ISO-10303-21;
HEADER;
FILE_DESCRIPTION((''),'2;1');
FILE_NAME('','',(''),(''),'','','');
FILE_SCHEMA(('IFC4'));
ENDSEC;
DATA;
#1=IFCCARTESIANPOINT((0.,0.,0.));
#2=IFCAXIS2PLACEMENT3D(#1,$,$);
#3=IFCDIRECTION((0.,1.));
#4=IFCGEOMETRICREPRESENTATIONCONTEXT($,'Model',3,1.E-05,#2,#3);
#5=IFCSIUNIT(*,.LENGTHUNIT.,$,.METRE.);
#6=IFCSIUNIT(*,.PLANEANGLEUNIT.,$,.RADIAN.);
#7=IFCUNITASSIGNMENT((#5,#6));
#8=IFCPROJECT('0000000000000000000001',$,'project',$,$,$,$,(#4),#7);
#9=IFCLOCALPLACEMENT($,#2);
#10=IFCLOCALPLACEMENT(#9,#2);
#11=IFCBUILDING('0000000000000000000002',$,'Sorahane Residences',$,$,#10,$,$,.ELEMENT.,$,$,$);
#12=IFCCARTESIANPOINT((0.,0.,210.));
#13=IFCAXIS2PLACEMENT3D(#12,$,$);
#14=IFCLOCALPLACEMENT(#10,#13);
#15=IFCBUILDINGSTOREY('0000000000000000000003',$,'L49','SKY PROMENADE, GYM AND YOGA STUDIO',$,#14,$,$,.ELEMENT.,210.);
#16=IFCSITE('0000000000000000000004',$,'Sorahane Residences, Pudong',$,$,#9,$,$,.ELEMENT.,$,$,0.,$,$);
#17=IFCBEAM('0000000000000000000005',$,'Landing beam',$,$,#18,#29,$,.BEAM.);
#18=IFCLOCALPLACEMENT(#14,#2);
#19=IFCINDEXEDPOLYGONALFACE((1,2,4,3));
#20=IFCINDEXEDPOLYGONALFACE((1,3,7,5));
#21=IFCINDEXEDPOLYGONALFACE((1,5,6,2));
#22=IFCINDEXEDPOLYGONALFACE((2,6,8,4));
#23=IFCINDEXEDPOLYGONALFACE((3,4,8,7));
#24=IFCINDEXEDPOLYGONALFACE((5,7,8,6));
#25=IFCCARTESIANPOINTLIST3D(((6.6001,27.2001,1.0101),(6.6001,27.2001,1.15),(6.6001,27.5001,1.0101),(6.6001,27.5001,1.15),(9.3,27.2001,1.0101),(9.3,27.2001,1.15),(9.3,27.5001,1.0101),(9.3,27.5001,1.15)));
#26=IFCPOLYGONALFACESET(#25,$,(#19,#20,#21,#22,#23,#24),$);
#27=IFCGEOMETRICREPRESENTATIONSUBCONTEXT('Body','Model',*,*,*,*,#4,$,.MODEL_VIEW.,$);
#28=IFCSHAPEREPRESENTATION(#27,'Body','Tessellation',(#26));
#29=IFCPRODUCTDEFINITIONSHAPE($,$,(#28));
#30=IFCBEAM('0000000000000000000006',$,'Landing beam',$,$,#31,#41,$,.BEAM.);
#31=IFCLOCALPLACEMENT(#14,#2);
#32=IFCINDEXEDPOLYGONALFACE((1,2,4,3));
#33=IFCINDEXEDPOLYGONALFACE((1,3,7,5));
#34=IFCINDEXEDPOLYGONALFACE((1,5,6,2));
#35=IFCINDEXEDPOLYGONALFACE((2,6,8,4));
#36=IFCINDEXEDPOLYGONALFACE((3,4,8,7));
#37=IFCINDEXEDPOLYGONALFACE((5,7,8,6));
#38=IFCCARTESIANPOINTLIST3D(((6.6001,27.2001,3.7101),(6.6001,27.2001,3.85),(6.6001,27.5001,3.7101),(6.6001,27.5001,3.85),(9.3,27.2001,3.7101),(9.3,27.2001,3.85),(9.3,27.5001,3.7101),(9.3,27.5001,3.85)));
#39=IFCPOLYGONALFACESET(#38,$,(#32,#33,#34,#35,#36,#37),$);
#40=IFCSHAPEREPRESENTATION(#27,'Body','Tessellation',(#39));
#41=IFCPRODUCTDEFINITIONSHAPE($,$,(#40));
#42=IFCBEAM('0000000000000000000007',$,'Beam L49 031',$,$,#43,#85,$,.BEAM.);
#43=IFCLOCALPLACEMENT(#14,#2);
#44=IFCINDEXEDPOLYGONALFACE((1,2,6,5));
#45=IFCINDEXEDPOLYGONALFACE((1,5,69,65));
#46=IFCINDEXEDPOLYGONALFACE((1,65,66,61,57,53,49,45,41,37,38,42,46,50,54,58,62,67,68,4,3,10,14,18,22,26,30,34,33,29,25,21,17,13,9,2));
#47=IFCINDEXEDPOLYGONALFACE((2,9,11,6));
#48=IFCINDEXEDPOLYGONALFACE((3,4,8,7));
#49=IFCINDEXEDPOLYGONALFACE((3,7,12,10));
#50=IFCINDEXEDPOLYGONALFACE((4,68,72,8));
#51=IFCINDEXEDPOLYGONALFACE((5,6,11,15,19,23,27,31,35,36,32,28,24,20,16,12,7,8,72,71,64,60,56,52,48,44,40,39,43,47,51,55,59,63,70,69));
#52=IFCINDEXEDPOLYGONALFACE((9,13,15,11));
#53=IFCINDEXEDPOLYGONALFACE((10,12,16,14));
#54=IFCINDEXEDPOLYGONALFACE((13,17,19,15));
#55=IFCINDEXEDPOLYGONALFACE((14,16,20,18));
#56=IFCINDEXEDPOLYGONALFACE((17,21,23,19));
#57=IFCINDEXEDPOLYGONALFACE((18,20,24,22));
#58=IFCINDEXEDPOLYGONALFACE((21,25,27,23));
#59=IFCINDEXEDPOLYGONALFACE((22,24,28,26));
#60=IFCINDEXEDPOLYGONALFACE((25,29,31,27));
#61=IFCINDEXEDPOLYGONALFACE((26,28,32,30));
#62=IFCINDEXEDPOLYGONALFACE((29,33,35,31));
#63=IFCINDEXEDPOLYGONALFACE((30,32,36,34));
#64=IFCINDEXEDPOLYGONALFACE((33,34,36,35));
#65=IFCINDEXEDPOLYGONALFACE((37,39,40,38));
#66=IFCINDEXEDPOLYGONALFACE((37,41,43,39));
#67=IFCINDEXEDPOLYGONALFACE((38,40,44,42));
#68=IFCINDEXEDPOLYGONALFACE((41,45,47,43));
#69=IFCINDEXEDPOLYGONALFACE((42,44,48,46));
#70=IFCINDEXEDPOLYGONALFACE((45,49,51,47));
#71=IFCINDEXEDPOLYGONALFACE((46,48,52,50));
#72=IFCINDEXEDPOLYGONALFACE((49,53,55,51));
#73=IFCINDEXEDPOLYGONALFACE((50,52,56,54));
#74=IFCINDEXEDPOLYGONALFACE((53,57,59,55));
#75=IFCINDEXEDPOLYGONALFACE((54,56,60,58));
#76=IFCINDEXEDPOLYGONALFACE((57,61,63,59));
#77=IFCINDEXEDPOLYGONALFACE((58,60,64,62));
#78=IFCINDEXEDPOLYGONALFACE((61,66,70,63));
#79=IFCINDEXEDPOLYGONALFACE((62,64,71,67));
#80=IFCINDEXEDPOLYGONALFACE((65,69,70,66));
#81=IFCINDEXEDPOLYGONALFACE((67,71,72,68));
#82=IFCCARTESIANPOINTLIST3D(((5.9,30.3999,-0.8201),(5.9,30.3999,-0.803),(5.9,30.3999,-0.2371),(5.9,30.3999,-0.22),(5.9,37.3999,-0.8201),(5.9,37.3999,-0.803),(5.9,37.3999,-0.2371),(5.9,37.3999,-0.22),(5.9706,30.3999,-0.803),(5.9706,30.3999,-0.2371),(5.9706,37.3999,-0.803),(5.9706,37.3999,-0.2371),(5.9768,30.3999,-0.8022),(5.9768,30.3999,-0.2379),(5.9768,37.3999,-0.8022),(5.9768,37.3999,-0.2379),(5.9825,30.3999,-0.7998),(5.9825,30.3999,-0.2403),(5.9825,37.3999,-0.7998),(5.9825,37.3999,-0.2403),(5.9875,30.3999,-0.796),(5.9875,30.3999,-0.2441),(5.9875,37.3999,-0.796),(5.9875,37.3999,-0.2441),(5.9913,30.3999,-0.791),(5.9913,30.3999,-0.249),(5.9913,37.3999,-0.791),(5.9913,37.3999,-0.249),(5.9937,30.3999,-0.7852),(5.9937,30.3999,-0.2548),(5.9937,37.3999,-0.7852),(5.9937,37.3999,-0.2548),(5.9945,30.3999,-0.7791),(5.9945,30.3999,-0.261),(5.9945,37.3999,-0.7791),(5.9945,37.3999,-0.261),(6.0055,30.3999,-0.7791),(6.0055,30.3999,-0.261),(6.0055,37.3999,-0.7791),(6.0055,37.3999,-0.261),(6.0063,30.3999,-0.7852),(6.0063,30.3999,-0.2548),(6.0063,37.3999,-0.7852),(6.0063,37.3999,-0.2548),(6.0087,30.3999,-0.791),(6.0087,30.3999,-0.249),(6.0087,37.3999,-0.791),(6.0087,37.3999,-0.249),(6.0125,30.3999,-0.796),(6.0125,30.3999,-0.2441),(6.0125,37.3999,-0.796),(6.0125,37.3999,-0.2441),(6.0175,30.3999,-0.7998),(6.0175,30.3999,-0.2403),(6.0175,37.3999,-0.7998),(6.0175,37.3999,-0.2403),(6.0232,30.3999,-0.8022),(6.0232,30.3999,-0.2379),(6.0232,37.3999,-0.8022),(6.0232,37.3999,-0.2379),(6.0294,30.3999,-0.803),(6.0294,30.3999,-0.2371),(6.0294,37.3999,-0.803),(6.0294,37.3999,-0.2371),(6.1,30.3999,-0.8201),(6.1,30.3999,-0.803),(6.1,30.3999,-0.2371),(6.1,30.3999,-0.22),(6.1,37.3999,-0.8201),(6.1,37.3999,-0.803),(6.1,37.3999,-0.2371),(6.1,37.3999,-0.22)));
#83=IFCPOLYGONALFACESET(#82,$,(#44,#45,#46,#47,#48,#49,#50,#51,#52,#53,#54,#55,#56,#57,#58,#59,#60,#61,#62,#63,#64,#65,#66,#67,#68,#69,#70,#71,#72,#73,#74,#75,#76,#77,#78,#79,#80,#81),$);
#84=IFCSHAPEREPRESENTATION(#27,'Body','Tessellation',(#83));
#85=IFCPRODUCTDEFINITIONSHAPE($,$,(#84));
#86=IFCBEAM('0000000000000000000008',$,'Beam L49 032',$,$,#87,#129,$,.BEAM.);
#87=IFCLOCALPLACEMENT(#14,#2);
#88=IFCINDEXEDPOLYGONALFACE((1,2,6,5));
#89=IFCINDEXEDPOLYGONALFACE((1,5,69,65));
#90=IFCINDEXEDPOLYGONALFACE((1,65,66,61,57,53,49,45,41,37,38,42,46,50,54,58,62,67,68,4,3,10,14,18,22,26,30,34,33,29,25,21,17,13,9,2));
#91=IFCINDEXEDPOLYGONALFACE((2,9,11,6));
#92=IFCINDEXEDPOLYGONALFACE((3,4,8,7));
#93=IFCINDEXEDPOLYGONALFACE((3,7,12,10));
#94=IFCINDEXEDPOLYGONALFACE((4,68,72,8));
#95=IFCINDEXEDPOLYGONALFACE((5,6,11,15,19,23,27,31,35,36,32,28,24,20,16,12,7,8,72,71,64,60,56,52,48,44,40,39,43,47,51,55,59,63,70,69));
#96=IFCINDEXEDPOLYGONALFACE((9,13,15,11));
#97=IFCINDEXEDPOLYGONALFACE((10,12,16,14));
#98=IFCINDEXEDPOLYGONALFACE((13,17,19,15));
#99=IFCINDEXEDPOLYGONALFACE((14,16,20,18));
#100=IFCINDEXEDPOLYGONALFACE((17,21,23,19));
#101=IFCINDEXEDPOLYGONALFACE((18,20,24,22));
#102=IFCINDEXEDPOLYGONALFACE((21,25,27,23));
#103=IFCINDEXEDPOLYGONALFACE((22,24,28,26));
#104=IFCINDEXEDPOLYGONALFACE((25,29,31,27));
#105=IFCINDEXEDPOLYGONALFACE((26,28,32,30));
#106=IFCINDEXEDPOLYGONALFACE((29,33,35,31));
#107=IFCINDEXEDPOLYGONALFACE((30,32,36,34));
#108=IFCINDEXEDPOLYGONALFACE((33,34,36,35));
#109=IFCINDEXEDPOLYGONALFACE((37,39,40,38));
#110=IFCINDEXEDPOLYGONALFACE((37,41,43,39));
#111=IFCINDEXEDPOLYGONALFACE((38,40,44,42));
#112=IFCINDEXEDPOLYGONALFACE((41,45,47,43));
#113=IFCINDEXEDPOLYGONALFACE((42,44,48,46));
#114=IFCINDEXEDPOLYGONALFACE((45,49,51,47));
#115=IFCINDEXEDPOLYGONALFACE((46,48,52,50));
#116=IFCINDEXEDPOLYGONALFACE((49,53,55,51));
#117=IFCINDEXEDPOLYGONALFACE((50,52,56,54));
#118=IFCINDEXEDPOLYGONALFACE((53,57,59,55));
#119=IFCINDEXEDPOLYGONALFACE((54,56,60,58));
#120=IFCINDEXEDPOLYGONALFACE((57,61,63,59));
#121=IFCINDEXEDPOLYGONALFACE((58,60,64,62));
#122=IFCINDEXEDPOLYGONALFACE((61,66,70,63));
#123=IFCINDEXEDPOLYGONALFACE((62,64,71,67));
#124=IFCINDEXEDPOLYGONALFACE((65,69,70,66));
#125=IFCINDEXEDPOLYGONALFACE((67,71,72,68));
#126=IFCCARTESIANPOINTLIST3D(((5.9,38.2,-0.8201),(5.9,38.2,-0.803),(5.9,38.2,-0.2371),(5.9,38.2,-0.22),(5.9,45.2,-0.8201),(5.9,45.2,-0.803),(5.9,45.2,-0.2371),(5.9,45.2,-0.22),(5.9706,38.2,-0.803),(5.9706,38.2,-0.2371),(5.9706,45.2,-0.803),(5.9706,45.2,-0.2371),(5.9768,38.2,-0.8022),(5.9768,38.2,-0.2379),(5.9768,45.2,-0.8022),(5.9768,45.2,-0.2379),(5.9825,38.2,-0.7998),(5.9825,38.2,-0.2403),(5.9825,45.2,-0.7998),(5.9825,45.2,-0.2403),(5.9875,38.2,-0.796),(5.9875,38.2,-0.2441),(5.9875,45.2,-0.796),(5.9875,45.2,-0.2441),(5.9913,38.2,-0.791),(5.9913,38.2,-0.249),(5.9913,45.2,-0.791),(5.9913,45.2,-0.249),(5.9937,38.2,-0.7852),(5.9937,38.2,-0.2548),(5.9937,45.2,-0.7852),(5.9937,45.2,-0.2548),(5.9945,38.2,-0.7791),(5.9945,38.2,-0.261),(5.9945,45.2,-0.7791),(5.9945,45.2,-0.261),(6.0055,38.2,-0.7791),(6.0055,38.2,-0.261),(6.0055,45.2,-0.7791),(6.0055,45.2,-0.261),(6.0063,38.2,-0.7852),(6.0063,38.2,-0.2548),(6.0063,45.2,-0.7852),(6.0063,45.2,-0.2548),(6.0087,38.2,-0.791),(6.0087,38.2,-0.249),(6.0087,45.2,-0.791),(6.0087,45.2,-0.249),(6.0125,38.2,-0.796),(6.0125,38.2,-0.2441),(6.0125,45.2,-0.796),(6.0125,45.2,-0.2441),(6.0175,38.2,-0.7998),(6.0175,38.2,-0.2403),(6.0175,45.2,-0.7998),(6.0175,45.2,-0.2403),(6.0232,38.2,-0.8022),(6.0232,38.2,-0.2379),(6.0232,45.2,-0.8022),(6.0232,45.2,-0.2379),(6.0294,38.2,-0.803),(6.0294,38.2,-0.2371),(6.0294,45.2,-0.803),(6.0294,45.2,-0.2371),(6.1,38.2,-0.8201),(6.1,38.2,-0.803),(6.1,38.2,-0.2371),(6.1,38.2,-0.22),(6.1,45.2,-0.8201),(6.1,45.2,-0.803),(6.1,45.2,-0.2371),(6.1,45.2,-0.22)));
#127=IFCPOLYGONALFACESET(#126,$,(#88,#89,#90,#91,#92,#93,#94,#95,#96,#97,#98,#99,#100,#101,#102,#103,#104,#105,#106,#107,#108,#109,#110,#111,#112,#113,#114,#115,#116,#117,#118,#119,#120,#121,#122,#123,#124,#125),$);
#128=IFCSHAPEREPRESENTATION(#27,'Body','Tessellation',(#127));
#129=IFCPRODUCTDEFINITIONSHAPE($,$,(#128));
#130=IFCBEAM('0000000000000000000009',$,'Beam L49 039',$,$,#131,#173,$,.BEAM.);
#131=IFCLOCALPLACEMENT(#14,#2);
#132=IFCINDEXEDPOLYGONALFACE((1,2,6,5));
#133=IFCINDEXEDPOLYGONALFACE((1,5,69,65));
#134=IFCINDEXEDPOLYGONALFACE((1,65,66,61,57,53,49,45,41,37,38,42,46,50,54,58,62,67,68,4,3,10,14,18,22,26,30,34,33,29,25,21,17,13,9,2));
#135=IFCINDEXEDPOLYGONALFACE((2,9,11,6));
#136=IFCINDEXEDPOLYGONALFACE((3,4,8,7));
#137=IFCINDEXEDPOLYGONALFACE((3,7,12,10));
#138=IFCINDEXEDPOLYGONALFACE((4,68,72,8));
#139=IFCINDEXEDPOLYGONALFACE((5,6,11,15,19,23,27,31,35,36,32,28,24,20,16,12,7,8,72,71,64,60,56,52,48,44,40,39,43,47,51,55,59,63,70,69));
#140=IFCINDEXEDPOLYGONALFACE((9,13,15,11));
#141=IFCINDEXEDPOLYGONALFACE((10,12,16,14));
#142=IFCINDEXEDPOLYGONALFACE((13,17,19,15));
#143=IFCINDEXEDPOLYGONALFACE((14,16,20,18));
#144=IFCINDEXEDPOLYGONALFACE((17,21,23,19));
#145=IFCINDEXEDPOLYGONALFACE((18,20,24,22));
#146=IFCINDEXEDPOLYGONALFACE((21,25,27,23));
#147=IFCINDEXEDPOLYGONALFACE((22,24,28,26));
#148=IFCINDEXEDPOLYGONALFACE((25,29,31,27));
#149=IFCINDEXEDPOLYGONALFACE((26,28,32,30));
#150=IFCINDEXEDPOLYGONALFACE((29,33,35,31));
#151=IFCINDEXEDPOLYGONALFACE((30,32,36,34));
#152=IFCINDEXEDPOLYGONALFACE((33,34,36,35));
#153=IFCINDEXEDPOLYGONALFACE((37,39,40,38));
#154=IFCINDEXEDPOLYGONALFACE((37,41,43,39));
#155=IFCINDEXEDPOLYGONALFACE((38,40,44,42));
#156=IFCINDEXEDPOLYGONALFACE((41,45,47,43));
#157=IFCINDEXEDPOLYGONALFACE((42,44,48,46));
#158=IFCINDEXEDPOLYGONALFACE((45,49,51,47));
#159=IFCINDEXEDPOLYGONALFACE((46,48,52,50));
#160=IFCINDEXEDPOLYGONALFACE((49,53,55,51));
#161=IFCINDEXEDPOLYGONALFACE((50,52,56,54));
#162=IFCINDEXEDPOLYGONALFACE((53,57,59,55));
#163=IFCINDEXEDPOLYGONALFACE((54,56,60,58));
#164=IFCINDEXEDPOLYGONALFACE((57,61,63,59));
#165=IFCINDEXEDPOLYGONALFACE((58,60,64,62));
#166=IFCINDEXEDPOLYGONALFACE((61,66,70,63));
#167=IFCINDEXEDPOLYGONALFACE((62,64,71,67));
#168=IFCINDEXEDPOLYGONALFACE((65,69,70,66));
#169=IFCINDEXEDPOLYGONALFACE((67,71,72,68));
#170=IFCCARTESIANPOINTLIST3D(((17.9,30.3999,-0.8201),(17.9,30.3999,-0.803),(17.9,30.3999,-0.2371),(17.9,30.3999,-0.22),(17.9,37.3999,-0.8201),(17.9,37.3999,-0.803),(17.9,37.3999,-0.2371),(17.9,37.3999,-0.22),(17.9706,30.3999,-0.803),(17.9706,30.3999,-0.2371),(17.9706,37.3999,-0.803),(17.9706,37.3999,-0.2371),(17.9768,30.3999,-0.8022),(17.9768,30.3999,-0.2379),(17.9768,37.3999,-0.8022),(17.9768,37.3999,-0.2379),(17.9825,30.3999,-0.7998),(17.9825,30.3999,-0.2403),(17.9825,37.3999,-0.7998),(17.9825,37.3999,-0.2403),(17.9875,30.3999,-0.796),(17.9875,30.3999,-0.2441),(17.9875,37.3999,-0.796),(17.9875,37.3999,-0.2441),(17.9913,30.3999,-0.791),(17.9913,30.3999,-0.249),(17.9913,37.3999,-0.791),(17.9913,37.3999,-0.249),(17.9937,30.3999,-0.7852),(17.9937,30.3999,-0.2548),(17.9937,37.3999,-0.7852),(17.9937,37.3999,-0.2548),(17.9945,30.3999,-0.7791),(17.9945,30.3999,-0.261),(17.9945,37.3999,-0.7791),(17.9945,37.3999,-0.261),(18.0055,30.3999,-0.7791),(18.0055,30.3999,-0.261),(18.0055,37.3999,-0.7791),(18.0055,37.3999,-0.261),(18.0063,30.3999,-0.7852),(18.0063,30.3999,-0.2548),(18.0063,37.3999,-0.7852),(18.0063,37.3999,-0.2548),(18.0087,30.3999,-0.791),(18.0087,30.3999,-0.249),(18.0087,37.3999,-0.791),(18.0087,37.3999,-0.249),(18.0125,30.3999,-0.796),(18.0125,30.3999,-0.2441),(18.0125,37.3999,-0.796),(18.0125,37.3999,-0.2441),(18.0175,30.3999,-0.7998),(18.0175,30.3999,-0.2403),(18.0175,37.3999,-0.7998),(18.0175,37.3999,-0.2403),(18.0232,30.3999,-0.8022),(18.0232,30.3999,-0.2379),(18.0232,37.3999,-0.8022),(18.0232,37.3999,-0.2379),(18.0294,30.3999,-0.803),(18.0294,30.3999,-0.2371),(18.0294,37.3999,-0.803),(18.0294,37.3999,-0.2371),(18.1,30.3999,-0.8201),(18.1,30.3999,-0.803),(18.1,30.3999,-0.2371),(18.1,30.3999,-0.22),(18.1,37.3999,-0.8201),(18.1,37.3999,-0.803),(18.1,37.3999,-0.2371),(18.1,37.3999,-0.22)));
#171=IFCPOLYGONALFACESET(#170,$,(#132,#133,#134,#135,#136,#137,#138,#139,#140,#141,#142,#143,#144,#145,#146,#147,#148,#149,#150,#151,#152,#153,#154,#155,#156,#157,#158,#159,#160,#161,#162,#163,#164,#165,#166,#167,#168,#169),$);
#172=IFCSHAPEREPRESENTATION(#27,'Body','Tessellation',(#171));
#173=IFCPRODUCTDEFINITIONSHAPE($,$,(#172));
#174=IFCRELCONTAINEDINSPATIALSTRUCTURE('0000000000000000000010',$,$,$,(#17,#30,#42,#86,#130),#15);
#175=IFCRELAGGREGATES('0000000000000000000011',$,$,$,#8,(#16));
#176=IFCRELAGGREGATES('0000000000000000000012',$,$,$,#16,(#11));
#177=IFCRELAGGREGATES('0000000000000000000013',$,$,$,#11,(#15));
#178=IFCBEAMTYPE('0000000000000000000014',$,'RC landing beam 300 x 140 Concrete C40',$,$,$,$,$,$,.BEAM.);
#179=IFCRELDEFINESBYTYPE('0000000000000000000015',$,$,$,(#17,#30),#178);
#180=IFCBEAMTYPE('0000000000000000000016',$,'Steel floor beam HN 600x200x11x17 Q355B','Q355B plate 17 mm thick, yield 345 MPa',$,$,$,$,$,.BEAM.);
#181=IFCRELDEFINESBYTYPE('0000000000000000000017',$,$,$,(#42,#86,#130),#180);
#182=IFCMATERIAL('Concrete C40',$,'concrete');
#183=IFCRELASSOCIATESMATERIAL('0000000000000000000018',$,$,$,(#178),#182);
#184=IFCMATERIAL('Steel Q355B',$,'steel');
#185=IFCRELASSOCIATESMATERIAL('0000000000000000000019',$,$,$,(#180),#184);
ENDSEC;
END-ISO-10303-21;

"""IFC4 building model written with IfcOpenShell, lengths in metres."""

from ifc_helpers import new_model, si_unit, direction, frame, origin, origin_2d, place, context, subcontext, project, spatial, rectangle, i_section, extrude, material, material_profile, profile_set, type_object, element, save


model = new_model("IFC4")

# Units and contexts
model_context = context("Model", 3, precision=1e-05, world=origin(), true_north=direction((0.0, 1.0)))
body_context = subcontext(model_context, "Body", "Model", "MODEL_VIEW")
ifc_project = project(units=[si_unit("LENGTHUNIT", "METRE"), si_unit("PLANEANGLEUNIT", "RADIAN")], contexts=[model_context])

# Site, building, storey
site_placement = place(None, origin())
site = spatial("IfcSite", under=ifc_project, at=site_placement, Name="Sorahane Residences, Pudong", CompositionType="ELEMENT", RefElevation=0.0)
building_placement = place(site_placement, origin())
building = spatial("IfcBuilding", under=site, at=building_placement, Name="Sorahane Residences", CompositionType="ELEMENT")
storey_placement = place(building_placement, frame((0.0, 0.0, 210.0)))
storey = spatial("IfcBuildingStorey", under=building, at=storey_placement, Name="L49", Description="SKY PROMENADE, GYM AND YOGA STUDIO", CompositionType="ELEMENT", Elevation=210.0)

# Beams
ifc_material_1 = material(Name="Concrete C40", Category="concrete")
ifc_material_profile_1 = material_profile(ifc_material_1, rectangle(XDim=0.3, YDim=0.1399, at=origin_2d()), Name="300x140")
ifc_profile_set_1 = profile_set([ifc_material_profile_1], Name="Concrete C40")
beam_type_1 = type_object("IfcBeamType", Name="RC landing beam 300 x 140 Concrete C40", PredefinedType="BEAM", material=ifc_profile_set_1)
for number, where, z_axis, x_axis, name in (
    (1, (6.6001, 27.3501, 1.0801), (1.0, 0.0, 0.0), (0.0, 1.0, 0.0), "Landing beam"),
    (2, (6.6001, 27.3501, 3.78), (1.0, 0.0, 0.0), (0.0, 1.0, 0.0), "Landing beam"),
):
    element("IfcBeam", number, at=place(storey_placement, frame(where, z_axis=z_axis, x_axis=x_axis)), inside=storey, type_object=beam_type_1, Name=name, PredefinedType="BEAM", context=body_context, shape_type="SweptSolid", body=[
        extrude(rectangle(XDim=0.3, YDim=0.1399, at=origin_2d()), origin(), (0.0, 0.0, 1.0), 2.7),
    ])
ifc_material_2 = material(Name="Steel Q355B", Category="steel")
ifc_material_profile_2 = material_profile(ifc_material_2, i_section(OverallWidth=0.2, OverallDepth=0.6001, WebThickness=0.011, FlangeThickness=0.0171, FilletRadius=0.0239, at=origin_2d()), Name="HN 600x200x11x17")
ifc_profile_set_2 = profile_set([ifc_material_profile_2], Name="Steel Q355B")
beam_type_2 = type_object("IfcBeamType", Name="Steel floor beam HN 600x200x11x17 Q355B", Description="Q355B plate 17 mm thick, yield 345 MPa", PredefinedType="BEAM", material=ifc_profile_set_2)
for number, where, z_axis, x_axis, name in (
    (3, (6.0, 30.3999, -0.52), (0.0, 1.0, 0.0), (-1.0, 0.0, 0.0), "Beam L49 031"),
    (4, (6.0, 38.2, -0.52), (0.0, 1.0, 0.0), (-1.0, 0.0, 0.0), "Beam L49 032"),
    (5, (18.0, 30.3999, -0.52), (0.0, 1.0, 0.0), (-1.0, 0.0, 0.0), "Beam L49 039"),
):
    element("IfcBeam", number, at=place(storey_placement, frame(where, z_axis=z_axis, x_axis=x_axis)), inside=storey, type_object=beam_type_2, Name=name, PredefinedType="BEAM", context=body_context, shape_type="SweptSolid", body=[
        extrude(i_section(OverallWidth=0.2, OverallDepth=0.6001, WebThickness=0.011, FlangeThickness=0.0171, FilletRadius=0.0239, at=origin_2d()), origin(), (0.0, 0.0, 1.0), 7.0),
    ])

save(model, "model.ifc")
